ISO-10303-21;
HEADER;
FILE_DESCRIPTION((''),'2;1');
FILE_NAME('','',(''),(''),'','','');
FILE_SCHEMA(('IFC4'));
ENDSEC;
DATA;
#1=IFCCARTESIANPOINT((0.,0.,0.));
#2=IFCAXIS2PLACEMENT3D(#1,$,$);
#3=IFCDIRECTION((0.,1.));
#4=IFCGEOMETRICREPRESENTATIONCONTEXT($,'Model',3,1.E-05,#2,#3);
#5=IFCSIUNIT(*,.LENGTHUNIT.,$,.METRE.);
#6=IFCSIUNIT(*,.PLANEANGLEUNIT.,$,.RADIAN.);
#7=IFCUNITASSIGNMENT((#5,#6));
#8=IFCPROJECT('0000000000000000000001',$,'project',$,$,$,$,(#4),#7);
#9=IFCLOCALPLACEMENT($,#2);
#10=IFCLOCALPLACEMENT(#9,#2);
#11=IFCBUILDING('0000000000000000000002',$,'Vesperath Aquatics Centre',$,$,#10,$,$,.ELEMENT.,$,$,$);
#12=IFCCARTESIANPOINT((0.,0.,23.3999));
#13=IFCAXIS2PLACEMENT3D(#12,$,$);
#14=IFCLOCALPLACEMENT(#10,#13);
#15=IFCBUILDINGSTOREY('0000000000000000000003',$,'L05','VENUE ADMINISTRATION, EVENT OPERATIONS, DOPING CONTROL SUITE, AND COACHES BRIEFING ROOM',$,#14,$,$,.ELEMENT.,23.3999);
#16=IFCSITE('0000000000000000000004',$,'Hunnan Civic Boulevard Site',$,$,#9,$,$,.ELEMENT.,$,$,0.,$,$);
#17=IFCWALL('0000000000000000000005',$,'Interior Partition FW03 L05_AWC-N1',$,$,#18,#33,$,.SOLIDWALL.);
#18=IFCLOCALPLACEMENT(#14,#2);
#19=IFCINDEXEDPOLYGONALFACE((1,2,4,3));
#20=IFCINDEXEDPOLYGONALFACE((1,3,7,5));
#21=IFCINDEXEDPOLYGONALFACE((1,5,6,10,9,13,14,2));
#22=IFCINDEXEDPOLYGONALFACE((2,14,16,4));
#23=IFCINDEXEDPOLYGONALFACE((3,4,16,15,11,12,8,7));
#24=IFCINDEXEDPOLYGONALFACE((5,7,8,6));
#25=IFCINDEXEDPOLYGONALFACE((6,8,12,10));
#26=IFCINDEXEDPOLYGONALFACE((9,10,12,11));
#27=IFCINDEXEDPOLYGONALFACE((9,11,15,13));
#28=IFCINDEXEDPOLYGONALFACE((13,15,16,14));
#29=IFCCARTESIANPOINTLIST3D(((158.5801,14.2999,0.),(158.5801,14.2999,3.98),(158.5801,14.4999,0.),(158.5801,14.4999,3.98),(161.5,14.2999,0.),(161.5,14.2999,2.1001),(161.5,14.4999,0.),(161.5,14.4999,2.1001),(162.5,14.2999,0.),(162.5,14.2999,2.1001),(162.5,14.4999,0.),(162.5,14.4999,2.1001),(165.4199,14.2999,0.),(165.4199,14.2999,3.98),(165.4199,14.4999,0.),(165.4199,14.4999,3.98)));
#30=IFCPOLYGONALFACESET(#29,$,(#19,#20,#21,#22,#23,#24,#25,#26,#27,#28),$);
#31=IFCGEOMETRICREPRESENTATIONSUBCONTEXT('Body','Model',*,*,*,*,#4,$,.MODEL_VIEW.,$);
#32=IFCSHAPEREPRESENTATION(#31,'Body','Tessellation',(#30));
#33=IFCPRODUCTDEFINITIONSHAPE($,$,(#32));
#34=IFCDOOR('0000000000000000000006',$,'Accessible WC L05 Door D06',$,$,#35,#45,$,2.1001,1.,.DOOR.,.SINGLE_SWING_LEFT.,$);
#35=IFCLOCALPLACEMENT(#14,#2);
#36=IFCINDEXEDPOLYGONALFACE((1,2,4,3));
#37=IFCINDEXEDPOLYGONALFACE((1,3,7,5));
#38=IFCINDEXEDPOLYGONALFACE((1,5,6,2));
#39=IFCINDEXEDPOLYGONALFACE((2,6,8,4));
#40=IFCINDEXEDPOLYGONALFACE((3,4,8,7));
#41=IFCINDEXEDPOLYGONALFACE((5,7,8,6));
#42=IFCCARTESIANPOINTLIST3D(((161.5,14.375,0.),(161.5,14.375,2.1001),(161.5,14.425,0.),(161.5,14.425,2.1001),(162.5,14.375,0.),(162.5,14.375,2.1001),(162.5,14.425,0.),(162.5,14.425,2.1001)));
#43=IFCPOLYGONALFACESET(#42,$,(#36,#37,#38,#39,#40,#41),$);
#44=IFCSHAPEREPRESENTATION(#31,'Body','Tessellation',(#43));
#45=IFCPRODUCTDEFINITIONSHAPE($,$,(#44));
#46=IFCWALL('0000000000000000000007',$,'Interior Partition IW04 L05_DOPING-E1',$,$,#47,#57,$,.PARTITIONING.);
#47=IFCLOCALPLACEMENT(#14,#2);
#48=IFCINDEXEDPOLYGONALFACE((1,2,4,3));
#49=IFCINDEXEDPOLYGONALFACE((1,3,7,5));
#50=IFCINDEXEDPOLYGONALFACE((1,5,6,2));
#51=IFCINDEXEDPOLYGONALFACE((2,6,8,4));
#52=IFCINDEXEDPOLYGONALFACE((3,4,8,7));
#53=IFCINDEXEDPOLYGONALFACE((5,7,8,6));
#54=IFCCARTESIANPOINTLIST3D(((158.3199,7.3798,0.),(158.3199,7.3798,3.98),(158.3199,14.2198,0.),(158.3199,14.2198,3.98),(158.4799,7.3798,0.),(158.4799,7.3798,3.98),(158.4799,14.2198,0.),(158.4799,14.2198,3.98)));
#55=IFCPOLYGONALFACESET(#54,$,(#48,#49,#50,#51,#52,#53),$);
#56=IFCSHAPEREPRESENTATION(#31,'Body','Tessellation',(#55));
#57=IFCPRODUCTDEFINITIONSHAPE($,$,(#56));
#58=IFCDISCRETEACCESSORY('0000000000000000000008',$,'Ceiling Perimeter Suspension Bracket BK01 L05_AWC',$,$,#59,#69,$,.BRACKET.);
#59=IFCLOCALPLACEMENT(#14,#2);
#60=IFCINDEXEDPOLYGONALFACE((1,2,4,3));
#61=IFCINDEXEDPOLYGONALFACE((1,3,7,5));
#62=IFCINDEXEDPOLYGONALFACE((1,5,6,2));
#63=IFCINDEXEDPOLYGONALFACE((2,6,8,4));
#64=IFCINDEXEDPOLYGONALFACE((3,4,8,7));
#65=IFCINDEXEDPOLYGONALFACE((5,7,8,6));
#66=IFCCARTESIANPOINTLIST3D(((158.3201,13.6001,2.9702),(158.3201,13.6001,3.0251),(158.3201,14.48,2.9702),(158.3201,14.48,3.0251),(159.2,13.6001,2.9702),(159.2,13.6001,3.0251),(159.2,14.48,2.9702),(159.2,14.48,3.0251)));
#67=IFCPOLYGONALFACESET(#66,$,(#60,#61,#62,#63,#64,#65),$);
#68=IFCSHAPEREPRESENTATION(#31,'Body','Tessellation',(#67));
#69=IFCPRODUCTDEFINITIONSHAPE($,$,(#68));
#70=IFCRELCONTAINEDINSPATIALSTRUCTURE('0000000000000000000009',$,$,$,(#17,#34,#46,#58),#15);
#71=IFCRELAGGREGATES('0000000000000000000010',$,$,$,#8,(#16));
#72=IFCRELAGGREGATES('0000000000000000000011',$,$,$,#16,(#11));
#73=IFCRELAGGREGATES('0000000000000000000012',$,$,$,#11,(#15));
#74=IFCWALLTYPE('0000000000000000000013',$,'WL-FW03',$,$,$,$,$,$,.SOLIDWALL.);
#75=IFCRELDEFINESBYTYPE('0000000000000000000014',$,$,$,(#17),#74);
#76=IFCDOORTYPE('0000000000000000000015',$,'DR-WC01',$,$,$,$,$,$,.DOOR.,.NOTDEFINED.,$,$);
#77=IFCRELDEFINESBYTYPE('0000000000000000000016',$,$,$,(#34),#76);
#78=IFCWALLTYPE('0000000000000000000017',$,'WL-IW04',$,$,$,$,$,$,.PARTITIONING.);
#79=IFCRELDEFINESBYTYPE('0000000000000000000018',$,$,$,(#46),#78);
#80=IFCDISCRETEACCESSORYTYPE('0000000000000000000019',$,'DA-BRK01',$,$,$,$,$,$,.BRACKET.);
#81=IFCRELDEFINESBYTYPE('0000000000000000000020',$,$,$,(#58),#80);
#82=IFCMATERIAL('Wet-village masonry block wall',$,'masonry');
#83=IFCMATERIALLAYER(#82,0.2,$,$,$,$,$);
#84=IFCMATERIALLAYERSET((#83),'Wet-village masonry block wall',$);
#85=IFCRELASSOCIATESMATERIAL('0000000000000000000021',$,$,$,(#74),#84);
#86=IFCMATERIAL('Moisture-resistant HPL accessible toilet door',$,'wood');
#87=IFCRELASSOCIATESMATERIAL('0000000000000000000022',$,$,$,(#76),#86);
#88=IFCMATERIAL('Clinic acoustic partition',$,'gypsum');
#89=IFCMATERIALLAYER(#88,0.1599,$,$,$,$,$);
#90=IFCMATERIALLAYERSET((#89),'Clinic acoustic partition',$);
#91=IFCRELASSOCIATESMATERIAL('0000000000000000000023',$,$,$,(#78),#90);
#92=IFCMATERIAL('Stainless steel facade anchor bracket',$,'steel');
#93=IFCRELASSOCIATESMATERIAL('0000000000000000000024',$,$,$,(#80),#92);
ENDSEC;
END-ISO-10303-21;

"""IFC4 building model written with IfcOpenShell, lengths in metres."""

from ifc_helpers import new_model, si_unit, direction, frame, frame_2d, origin, origin_2d, place, context, subcontext, project, spatial, rectangle, extrude, material, layer, layer_set, type_object, element, fill, save


model = new_model("IFC4")

# Units and contexts
model_context = context("Model", 3, precision=1e-05, world=origin(), true_north=direction((0.0, 1.0)))
body_context = subcontext(model_context, "Body", "Model", "MODEL_VIEW")
ifc_project = project(units=[si_unit("LENGTHUNIT", "METRE"), si_unit("PLANEANGLEUNIT", "RADIAN")], contexts=[model_context])

# Site, building, storey
site_placement = place(None, origin())
site = spatial("IfcSite", under=ifc_project, at=site_placement, Name="Hunnan Civic Boulevard Site", CompositionType="ELEMENT", RefElevation=0.0)
building_placement = place(site_placement, origin())
building = spatial("IfcBuilding", under=site, at=building_placement, Name="Vesperath Aquatics Centre", CompositionType="ELEMENT")
storey_placement = place(building_placement, frame((0.0, 0.0, 23.3999)))
storey = spatial("IfcBuildingStorey", under=building, at=storey_placement, Name="L05", Description="VENUE ADMINISTRATION, EVENT OPERATIONS, DOPING CONTROL SUITE, AND COACHES BRIEFING ROOM", CompositionType="ELEMENT", Elevation=23.3999)

# Wall, opening, door
ifc_material_1 = material(Name="Wet-village masonry block wall", Category="masonry")
ifc_layer_1 = layer(ifc_material_1, 0.2)
ifc_layer_set_1 = layer_set([ifc_layer_1], Name="Wet-village masonry block wall")
wall_type_1 = type_object("IfcWallType", Name="WL-FW03", PredefinedType="SOLIDWALL", material=ifc_layer_set_1)
wall_1_placement = place(storey_placement, frame((158.5801, 14.3999, 0.0), z_axis=(0.0, 0.0, 1.0), x_axis=(1.0, 0.0, 0.0)))
wall_1 = element("IfcWall", 1, at=wall_1_placement, inside=storey, type_object=wall_type_1, Name="Interior Partition FW03 L05_AWC-N1", PredefinedType="SOLIDWALL", context=body_context, shape_type="SweptSolid", body=[
    extrude(rectangle(XDim=6.8398, YDim=0.2, at=frame_2d((3.4199, 0.0))), origin(), (0.0, 0.0, 1.0), 3.98),
])
opening_1_placement = place(wall_1_placement, frame((2.9199, 0.0, 0.0)))
opening_1 = element("IfcOpeningElement", 2, at=opening_1_placement, cuts=wall_1, PredefinedType="OPENING", context=body_context, shape_type="SweptSolid", body=[
    extrude(rectangle(XDim=1.0, YDim=2.1001, at=frame_2d((0.5, 1.05))), frame((0.0, 0.1147, 0.0), z_axis=(0.0, -1.0, 0.0), x_axis=(1.0, 0.0, 0.0)), (0.0, 0.0, 1.0), 0.2297),
])
ifc_material_2 = material(Name="Moisture-resistant HPL accessible toilet door", Category="wood")
door_type = type_object("IfcDoorType", Name="DR-WC01", OperationType="NOTDEFINED", PredefinedType="DOOR", material=ifc_material_2)
door_placement = place(opening_1_placement, frame((1.0, 0.0, 0.0), z_axis=(0.0, 0.0, 1.0), x_axis=(-1.0, 0.0, 0.0)))
door = element("IfcDoor", 3, at=door_placement, inside=storey, type_object=door_type, Name="Accessible WC L05 Door D06", OperationType="SINGLE_SWING_LEFT", OverallHeight=2.1001, OverallWidth=1.0, PredefinedType="DOOR", context=body_context, shape_type="SweptSolid", body=[
    extrude(rectangle(XDim=1.0, YDim=2.1001, at=frame_2d((0.5, 1.05))), frame((0.0, 0.0249, 0.0), z_axis=(0.0, -1.0, 0.0), x_axis=(1.0, 0.0, 0.0)), (0.0, 0.0, 1.0), 0.05),
])
fill(opening_1, door)

# Wall
ifc_material_3 = material(Name="Clinic acoustic partition", Category="gypsum")
ifc_layer_2 = layer(ifc_material_3, 0.1599)
ifc_layer_set_2 = layer_set([ifc_layer_2], Name="Clinic acoustic partition")
wall_type_2 = type_object("IfcWallType", Name="WL-IW04", PredefinedType="PARTITIONING", material=ifc_layer_set_2)
wall_2_placement = place(storey_placement, frame((158.3999, 7.3799, 0.0), z_axis=(0.0, 0.0, 1.0), x_axis=(0.0, 1.0, 0.0)))
element("IfcWall", 4, at=wall_2_placement, inside=storey, type_object=wall_type_2, Name="Interior Partition IW04 L05_DOPING-E1", PredefinedType="PARTITIONING", context=body_context, shape_type="SweptSolid", body=[
    extrude(rectangle(XDim=6.8401, YDim=0.1599, at=frame_2d((3.4199, 0.0))), origin(), (0.0, 0.0, 1.0), 3.98),
])

# Discrete accessory
ifc_material_4 = material(Name="Stainless steel facade anchor bracket", Category="steel")
discrete_accessory_type = type_object("IfcDiscreteAccessoryType", Name="DA-BRK01", PredefinedType="BRACKET", material=ifc_material_4)
discrete_accessory_placement = place(storey_placement, frame((158.76, 14.04, 2.9702), z_axis=(0.0, 0.0, 1.0), x_axis=(1.0, 0.0, 0.0)))
element("IfcDiscreteAccessory", 5, at=discrete_accessory_placement, inside=storey, type_object=discrete_accessory_type, Name="Ceiling Perimeter Suspension Bracket BK01 L05_AWC", PredefinedType="BRACKET", context=body_context, shape_type="SweptSolid", body=[
    extrude(rectangle(XDim=0.8799, YDim=0.8799, at=origin_2d()), origin(), (0.0, 0.0, 1.0), 0.0549),
])

save(model, "model.ifc")
